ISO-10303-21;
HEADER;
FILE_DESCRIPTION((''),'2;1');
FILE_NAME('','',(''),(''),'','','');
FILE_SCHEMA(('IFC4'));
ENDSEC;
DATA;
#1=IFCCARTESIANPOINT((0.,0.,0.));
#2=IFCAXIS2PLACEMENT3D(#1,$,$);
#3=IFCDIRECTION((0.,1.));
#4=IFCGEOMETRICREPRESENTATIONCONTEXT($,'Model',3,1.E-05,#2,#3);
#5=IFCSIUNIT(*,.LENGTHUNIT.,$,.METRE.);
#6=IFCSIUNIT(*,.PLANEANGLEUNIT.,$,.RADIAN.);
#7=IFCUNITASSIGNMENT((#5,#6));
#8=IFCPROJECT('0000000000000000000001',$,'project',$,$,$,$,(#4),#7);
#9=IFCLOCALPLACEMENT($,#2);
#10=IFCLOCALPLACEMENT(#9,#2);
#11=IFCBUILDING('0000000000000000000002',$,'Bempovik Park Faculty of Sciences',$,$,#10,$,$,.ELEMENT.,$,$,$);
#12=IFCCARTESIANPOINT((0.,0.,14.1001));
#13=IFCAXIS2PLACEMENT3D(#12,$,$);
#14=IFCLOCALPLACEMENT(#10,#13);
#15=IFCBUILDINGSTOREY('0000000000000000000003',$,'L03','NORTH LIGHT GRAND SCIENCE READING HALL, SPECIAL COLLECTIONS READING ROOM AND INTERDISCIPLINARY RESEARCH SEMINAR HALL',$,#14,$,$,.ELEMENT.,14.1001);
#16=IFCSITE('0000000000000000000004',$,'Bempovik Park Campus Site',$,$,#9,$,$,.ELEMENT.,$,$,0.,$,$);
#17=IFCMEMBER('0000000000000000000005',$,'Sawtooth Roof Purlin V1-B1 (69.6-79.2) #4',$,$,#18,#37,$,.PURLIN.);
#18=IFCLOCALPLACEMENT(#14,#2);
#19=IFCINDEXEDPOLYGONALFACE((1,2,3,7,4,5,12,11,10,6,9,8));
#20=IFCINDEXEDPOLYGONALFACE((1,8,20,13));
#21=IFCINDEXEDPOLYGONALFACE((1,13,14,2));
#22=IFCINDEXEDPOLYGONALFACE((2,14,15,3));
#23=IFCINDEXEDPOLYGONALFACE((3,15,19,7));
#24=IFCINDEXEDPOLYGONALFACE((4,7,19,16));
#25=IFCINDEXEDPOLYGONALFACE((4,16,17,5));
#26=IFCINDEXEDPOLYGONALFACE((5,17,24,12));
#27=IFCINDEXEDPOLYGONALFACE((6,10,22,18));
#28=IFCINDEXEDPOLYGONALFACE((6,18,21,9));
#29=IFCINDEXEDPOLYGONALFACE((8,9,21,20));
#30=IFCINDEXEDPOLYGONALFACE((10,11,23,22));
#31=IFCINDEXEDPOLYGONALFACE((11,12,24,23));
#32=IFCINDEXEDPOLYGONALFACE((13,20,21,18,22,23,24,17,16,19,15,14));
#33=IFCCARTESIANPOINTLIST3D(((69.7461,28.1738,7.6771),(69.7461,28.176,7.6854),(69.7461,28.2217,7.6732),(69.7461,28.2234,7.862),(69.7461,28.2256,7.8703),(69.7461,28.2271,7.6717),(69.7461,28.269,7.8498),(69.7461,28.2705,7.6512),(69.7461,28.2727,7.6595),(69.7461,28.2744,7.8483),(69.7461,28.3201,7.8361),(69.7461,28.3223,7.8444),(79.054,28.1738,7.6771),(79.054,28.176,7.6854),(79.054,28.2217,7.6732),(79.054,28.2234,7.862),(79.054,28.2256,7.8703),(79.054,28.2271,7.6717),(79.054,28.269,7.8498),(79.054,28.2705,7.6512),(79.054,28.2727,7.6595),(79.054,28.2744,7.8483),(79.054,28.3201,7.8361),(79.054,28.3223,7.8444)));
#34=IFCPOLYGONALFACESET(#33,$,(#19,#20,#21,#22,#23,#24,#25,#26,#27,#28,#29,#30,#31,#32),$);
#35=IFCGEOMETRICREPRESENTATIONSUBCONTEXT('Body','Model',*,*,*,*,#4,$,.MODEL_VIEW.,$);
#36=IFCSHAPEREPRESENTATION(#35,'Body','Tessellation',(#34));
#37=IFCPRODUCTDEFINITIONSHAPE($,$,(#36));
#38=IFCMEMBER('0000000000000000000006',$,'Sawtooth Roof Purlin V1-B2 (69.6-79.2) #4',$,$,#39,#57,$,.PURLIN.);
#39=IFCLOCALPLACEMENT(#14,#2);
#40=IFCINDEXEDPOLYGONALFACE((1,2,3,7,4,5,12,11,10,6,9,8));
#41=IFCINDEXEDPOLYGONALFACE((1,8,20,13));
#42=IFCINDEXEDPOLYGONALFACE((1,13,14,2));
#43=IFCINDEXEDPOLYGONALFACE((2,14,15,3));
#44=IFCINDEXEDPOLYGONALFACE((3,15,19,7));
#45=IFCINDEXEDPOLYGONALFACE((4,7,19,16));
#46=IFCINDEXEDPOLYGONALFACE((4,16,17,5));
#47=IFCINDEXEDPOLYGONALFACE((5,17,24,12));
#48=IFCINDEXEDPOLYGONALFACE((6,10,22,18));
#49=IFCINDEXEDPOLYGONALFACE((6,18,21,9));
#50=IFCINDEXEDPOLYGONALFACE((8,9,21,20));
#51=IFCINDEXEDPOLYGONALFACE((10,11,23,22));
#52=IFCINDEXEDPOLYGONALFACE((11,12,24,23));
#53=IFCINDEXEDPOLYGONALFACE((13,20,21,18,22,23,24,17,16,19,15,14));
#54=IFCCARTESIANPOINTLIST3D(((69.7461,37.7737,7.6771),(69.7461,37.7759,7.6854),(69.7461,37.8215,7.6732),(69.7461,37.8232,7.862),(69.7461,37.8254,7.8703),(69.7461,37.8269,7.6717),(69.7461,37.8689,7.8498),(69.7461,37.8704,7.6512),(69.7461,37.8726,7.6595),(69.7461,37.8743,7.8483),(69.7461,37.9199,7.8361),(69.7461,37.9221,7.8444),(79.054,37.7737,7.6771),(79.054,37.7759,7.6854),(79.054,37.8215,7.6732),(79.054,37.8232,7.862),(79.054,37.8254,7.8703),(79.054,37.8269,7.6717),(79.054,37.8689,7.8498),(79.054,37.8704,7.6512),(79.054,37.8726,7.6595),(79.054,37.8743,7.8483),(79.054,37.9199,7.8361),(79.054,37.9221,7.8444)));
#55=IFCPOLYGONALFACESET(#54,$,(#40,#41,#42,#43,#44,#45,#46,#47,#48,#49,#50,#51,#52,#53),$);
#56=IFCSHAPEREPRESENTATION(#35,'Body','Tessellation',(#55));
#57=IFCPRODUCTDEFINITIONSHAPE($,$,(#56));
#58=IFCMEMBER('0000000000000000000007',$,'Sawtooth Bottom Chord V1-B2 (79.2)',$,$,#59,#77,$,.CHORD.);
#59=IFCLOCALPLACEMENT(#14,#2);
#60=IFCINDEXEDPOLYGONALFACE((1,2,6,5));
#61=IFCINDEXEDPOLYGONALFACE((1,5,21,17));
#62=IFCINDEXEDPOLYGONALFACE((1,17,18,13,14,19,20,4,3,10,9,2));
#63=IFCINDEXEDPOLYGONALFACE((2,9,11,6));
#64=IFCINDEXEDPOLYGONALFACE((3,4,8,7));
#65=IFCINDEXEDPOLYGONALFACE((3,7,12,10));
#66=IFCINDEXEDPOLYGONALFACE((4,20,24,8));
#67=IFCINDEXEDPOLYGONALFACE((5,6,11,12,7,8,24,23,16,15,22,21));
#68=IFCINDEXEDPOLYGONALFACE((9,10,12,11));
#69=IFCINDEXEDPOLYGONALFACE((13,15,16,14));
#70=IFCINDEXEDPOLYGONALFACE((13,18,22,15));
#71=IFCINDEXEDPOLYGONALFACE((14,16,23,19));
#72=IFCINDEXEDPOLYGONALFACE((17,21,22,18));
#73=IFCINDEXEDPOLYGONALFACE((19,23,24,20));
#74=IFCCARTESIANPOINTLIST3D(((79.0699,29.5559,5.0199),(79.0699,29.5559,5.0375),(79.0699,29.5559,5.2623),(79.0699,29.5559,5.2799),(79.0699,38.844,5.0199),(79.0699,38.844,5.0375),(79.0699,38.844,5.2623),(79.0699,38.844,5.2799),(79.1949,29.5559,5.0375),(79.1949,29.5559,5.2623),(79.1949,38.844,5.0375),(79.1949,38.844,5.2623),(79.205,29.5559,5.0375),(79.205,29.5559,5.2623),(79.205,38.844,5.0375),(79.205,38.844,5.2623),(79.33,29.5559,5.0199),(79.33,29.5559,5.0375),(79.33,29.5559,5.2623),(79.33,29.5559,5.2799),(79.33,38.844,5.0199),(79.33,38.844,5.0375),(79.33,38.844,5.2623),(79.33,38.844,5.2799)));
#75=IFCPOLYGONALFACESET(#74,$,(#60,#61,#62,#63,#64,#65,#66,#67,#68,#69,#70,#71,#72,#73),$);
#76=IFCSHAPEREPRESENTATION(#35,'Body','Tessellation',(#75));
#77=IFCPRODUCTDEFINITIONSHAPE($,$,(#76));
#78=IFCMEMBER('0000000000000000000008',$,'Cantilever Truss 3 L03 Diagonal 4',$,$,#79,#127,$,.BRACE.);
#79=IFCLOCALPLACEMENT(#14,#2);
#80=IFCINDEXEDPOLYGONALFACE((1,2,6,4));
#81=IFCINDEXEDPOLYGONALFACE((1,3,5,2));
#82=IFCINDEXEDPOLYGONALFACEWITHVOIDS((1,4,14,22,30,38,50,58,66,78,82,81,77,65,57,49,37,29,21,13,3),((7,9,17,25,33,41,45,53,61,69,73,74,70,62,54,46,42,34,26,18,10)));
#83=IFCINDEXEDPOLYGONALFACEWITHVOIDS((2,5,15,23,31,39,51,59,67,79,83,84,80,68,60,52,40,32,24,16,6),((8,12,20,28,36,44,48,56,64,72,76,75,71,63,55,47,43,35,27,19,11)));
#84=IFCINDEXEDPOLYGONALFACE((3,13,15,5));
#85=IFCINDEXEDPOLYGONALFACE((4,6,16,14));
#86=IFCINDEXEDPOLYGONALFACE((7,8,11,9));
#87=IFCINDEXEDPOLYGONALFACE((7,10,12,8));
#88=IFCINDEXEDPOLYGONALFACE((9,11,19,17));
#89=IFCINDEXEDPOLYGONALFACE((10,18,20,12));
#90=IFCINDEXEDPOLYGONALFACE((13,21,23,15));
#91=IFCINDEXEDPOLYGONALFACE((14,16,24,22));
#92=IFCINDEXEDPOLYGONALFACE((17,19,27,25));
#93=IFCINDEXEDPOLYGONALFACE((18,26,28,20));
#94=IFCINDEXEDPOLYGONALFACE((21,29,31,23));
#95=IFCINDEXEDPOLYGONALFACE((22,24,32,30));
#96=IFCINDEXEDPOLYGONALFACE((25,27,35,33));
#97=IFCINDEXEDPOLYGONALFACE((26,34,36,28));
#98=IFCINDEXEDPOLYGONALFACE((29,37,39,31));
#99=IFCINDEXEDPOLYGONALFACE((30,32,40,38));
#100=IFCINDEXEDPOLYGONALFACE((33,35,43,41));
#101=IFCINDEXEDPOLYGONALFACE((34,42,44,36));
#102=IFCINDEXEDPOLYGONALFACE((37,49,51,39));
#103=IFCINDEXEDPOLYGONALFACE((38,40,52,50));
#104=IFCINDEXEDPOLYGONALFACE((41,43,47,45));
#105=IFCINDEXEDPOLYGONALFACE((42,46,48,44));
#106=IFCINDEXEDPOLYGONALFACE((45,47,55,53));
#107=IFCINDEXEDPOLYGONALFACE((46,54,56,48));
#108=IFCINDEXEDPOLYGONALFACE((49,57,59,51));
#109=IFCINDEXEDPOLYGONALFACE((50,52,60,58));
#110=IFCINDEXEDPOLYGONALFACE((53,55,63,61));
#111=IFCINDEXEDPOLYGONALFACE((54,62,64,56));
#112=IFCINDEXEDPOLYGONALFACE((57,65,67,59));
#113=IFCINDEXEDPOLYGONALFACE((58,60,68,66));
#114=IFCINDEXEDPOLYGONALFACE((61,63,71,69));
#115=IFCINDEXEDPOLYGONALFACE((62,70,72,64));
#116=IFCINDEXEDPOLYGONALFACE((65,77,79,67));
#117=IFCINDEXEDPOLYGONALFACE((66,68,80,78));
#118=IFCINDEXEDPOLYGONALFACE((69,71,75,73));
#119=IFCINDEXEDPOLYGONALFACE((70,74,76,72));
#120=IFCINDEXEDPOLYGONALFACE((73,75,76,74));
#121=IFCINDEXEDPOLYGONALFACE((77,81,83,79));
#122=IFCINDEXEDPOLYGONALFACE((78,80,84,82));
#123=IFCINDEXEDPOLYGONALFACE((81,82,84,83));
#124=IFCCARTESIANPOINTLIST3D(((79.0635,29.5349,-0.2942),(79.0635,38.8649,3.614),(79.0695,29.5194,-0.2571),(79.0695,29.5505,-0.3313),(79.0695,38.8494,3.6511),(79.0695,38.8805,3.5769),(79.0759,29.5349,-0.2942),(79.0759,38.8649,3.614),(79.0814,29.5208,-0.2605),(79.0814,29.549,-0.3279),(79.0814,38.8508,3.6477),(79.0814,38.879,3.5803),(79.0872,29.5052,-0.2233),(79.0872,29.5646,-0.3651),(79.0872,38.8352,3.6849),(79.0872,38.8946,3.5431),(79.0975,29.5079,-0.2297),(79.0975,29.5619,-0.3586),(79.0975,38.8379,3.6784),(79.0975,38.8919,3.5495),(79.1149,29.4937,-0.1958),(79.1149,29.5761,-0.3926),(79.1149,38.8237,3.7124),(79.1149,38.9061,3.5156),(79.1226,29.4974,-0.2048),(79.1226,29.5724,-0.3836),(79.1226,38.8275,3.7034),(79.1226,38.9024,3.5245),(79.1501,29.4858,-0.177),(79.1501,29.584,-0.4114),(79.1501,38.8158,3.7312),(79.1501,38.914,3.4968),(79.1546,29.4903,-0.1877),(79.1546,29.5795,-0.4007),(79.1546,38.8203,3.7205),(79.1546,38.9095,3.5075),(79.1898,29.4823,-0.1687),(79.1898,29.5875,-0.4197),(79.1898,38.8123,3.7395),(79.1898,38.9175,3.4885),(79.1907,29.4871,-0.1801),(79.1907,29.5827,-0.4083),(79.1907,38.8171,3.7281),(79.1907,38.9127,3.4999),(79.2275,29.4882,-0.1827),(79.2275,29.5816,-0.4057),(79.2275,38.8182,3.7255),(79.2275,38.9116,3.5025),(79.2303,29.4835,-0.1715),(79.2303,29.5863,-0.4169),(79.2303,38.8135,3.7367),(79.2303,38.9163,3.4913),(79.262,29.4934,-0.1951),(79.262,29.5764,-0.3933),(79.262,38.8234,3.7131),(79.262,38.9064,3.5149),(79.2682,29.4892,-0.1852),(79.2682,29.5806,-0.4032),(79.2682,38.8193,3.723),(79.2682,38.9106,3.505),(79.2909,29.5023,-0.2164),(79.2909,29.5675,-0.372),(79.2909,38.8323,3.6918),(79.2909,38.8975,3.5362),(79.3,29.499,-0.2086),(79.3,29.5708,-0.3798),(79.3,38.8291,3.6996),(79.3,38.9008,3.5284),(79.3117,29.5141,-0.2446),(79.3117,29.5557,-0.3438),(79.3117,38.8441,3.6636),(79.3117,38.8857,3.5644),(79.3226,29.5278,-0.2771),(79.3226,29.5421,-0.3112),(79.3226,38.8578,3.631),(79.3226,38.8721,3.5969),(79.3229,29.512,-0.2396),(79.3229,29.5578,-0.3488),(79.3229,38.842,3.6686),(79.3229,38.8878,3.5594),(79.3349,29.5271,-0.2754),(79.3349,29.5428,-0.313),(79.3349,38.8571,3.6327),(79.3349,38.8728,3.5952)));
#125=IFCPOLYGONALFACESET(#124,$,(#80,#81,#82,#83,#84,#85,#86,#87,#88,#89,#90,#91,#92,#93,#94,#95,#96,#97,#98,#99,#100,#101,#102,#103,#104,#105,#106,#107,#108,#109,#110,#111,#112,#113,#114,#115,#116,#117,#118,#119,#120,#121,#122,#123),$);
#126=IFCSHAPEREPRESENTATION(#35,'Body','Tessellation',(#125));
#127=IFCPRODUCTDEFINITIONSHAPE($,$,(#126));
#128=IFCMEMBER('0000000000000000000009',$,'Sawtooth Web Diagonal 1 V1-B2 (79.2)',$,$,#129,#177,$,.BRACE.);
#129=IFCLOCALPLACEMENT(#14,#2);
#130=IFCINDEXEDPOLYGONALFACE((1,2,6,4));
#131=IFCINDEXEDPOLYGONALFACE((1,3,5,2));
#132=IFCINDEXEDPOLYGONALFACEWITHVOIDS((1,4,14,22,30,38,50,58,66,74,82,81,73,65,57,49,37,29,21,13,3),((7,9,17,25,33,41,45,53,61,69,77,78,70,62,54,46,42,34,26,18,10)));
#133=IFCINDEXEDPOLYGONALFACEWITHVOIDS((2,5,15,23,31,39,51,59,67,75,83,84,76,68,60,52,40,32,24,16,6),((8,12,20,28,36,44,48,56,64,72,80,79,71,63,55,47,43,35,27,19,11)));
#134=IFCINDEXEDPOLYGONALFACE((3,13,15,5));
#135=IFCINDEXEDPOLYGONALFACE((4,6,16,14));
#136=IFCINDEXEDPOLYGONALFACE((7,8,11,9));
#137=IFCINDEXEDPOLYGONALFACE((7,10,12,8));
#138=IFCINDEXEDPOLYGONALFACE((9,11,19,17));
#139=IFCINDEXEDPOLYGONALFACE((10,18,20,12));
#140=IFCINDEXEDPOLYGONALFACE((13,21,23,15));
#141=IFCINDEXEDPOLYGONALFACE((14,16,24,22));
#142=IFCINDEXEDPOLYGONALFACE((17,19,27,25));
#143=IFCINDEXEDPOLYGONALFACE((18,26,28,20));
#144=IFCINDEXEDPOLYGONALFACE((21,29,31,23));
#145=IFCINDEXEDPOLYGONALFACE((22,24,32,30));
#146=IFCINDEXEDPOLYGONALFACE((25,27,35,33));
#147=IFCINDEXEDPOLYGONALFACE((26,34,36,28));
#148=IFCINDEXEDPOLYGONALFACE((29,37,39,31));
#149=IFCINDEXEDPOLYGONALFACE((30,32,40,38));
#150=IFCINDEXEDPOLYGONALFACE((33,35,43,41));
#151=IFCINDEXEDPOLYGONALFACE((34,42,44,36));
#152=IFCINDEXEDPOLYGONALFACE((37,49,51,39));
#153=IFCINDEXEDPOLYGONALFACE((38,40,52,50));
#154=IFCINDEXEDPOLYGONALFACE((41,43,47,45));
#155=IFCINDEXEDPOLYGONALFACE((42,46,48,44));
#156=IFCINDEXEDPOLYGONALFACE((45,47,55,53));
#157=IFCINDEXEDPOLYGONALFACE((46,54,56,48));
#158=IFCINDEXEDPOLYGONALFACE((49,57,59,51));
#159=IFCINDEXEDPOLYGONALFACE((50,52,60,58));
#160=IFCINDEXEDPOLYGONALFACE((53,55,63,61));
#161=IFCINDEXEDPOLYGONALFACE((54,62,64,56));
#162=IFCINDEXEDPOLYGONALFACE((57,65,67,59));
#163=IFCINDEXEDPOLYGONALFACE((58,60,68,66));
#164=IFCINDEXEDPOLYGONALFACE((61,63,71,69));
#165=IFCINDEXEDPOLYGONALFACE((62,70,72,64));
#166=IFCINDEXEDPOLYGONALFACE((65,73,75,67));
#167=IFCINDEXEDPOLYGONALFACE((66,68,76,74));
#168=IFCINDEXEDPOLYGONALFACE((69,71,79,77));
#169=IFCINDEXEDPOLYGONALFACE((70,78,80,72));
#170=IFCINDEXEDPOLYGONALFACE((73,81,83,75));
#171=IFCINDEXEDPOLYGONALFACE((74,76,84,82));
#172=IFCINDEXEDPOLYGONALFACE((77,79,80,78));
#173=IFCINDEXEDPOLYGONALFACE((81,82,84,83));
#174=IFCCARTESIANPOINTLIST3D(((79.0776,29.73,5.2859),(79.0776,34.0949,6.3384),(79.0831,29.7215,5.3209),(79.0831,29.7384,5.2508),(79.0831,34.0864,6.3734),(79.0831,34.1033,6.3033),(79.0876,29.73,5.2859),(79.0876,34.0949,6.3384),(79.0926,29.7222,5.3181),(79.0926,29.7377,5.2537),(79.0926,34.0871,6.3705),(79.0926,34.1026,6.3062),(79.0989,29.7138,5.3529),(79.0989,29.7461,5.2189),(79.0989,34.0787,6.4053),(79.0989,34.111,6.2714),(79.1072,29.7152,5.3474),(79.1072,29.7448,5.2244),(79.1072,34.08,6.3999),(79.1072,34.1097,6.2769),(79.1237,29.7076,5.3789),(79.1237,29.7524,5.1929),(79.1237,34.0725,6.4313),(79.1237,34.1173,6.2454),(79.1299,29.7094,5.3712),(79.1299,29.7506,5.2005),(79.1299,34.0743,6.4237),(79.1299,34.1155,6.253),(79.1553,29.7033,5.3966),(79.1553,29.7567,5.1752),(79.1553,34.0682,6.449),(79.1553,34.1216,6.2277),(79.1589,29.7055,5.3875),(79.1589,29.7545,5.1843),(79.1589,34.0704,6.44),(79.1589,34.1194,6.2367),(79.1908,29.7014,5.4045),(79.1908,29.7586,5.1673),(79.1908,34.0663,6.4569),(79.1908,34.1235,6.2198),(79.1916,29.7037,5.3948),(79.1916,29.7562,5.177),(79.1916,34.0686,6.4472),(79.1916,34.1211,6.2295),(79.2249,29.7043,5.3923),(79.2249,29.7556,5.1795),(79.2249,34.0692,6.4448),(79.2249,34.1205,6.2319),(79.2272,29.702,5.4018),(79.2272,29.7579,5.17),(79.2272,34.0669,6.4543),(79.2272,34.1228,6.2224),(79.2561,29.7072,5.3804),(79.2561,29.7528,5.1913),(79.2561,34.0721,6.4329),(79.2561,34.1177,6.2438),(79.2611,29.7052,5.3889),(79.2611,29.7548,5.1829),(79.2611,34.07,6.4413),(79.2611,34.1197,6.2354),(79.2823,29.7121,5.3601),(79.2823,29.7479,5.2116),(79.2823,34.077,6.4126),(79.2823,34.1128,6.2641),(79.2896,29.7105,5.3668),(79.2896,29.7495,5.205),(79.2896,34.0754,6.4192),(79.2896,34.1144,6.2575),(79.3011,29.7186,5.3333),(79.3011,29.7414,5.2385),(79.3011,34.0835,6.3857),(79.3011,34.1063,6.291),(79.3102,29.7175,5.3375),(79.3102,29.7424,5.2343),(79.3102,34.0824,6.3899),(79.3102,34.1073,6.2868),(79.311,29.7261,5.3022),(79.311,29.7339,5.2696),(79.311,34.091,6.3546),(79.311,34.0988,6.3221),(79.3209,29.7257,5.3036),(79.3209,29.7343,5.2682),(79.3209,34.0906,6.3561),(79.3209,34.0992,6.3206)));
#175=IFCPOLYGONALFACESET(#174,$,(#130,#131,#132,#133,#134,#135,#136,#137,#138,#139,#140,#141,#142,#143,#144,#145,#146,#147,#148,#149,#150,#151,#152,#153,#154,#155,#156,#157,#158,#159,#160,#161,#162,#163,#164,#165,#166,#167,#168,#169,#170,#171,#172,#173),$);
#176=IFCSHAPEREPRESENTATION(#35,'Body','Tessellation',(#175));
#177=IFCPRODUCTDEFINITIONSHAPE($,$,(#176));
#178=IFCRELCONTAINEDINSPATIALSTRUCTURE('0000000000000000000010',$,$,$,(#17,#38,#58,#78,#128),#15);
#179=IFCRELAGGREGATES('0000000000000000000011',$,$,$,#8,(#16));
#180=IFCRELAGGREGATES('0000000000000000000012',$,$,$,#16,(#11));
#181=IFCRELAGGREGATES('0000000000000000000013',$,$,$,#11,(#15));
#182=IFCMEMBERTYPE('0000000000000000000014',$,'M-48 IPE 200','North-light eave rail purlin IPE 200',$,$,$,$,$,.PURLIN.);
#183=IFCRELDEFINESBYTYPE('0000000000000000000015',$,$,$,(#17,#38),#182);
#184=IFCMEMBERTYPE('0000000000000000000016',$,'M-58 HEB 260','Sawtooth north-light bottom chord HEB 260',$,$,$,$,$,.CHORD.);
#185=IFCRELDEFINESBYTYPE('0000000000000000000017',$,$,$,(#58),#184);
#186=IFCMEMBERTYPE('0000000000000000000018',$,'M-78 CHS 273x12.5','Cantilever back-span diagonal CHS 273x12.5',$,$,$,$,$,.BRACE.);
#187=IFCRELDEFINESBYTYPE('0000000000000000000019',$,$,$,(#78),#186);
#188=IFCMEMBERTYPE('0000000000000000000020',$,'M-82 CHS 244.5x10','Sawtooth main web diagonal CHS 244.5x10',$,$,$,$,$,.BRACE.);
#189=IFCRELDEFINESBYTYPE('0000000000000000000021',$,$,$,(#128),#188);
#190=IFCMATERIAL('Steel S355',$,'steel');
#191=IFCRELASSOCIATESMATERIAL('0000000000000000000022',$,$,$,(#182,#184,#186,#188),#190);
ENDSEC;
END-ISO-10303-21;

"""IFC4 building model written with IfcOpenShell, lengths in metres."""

from ifc_helpers import new_model, si_unit, direction, frame, origin, origin_2d, place, context, subcontext, project, spatial, hollow_circle, i_section, extrude, material, material_profile, profile_set, type_object, element, save


model = new_model("IFC4")

# Units and contexts
model_context = context("Model", 3, precision=1e-05, world=origin(), true_north=direction((0.0, 1.0)))
body_context = subcontext(model_context, "Body", "Model", "MODEL_VIEW")
ifc_project = project(units=[si_unit("LENGTHUNIT", "METRE"), si_unit("PLANEANGLEUNIT", "RADIAN")], contexts=[model_context])

# Site, building, storey
site_placement = place(None, origin())
site = spatial("IfcSite", under=ifc_project, at=site_placement, Name="Bempovik Park Campus Site", CompositionType="ELEMENT", RefElevation=0.0)
building_placement = place(site_placement, origin())
building = spatial("IfcBuilding", under=site, at=building_placement, Name="Bempovik Park Faculty of Sciences", CompositionType="ELEMENT")
storey_placement = place(building_placement, frame((0.0, 0.0, 14.1001)))
storey = spatial("IfcBuildingStorey", under=building, at=storey_placement, Name="L03", Description="NORTH LIGHT GRAND SCIENCE READING HALL, SPECIAL COLLECTIONS READING ROOM AND INTERDISCIPLINARY RESEARCH SEMINAR HALL", CompositionType="ELEMENT", Elevation=14.1001)

# Shared definitions
ifc_material_1 = material(Name="Steel S355", Category="steel")

# Members
ifc_material_profile_1 = material_profile(ifc_material_1, i_section(OverallWidth=0.1001, OverallDepth=0.2, WebThickness=0.0056, FlangeThickness=0.0085, at=origin_2d()), Name="IPE 200")
ifc_profile_set_1 = profile_set([ifc_material_profile_1], Name="Steel S355")
member_type_1 = type_object("IfcMemberType", Name="M-48 IPE 200", Description="North-light eave rail purlin IPE 200", PredefinedType="PURLIN", material=ifc_profile_set_1)
for number, where, z_axis, x_axis, name in (
    (1, (69.7461, 28.248, 7.7607), (1.0, 0.0, 0.0), (0.0, 0.965926, -0.258819), "Sawtooth Roof Purlin V1-B1 (69.6-79.2) #4"),
    (2, (69.7461, 37.8479, 7.7607), (1.0, 0.0, 0.0), (0.0, 0.965926, -0.258819), "Sawtooth Roof Purlin V1-B2 (69.6-79.2) #4"),
):
    element("IfcMember", number, at=place(storey_placement, frame(where, z_axis=z_axis, x_axis=x_axis)), inside=storey, type_object=member_type_1, Name=name, PredefinedType="PURLIN", context=body_context, shape_type="SweptSolid", body=[
        extrude(i_section(OverallWidth=0.1001, OverallDepth=0.2, WebThickness=0.0056, FlangeThickness=0.0085, at=origin_2d()), origin(), (0.0, 0.0, 1.0), 9.3079),
    ])
ifc_material_profile_2 = material_profile(ifc_material_1, i_section(OverallWidth=0.26, OverallDepth=0.26, WebThickness=0.01, FlangeThickness=0.0176, at=origin_2d()), Name="HEB 260")
ifc_profile_set_2 = profile_set([ifc_material_profile_2], Name="Steel S355")
member_type_2 = type_object("IfcMemberType", Name="M-58 HEB 260", Description="Sawtooth north-light bottom chord HEB 260", PredefinedType="CHORD", material=ifc_profile_set_2)
member_1_placement = place(storey_placement, frame((79.2, 29.5559, 5.1499), z_axis=(0.0, 1.0, 0.0), x_axis=(-1.0, 0.0, 0.0)))
element("IfcMember", 3, at=member_1_placement, inside=storey, type_object=member_type_2, Name="Sawtooth Bottom Chord V1-B2 (79.2)", PredefinedType="CHORD", context=body_context, shape_type="SweptSolid", body=[
    extrude(i_section(OverallWidth=0.26, OverallDepth=0.26, WebThickness=0.01, FlangeThickness=0.0176, at=origin_2d()), origin(), (0.0, 0.0, 1.0), 9.2881),
])
ifc_material_profile_3 = material_profile(ifc_material_1, hollow_circle(Radius=0.1365, WallThickness=0.0125, at=origin_2d()), Name="CHS 273x12.5")
ifc_profile_set_3 = profile_set([ifc_material_profile_3], Name="Steel S355")
member_type_3 = type_object("IfcMemberType", Name="M-78 CHS 273x12.5", Description="Cantilever back-span diagonal CHS 273x12.5", PredefinedType="BRACE", material=ifc_profile_set_3)
member_2_placement = place(storey_placement, frame((79.2, 29.5349, -0.2942), z_axis=(0.0, 0.92235, 0.386356), x_axis=(-1.0, 0.0, 0.0)))
element("IfcMember", 4, at=member_2_placement, inside=storey, type_object=member_type_3, Name="Cantilever Truss 3 L03 Diagonal 4", PredefinedType="BRACE", context=body_context, shape_type="SweptSolid", body=[
    extrude(hollow_circle(Radius=0.1365, WallThickness=0.0125, at=origin_2d()), origin(), (0.0, 0.0, 1.0), 10.1155),
])
ifc_material_profile_4 = material_profile(ifc_material_1, hollow_circle(Radius=0.1223, WallThickness=0.01, at=origin_2d()), Name="CHS 244.5x10")
ifc_profile_set_4 = profile_set([ifc_material_profile_4], Name="Steel S355")
member_type_4 = type_object("IfcMemberType", Name="M-82 CHS 244.5x10", Description="Sawtooth main web diagonal CHS 244.5x10", PredefinedType="BRACE", material=ifc_profile_set_4)
member_3_placement = place(storey_placement, frame((79.2, 29.73, 5.2859), z_axis=(0.0, 0.972139, 0.234403), x_axis=(-1.0, 0.0, 0.0)))
element("IfcMember", 5, at=member_3_placement, inside=storey, type_object=member_type_4, Name="Sawtooth Web Diagonal 1 V1-B2 (79.2)", PredefinedType="BRACE", context=body_context, shape_type="SweptSolid", body=[
    extrude(hollow_circle(Radius=0.1223, WallThickness=0.01, at=origin_2d()), origin(), (0.0, 0.0, 1.0), 4.49),
])

save(model, "model.ifc")
